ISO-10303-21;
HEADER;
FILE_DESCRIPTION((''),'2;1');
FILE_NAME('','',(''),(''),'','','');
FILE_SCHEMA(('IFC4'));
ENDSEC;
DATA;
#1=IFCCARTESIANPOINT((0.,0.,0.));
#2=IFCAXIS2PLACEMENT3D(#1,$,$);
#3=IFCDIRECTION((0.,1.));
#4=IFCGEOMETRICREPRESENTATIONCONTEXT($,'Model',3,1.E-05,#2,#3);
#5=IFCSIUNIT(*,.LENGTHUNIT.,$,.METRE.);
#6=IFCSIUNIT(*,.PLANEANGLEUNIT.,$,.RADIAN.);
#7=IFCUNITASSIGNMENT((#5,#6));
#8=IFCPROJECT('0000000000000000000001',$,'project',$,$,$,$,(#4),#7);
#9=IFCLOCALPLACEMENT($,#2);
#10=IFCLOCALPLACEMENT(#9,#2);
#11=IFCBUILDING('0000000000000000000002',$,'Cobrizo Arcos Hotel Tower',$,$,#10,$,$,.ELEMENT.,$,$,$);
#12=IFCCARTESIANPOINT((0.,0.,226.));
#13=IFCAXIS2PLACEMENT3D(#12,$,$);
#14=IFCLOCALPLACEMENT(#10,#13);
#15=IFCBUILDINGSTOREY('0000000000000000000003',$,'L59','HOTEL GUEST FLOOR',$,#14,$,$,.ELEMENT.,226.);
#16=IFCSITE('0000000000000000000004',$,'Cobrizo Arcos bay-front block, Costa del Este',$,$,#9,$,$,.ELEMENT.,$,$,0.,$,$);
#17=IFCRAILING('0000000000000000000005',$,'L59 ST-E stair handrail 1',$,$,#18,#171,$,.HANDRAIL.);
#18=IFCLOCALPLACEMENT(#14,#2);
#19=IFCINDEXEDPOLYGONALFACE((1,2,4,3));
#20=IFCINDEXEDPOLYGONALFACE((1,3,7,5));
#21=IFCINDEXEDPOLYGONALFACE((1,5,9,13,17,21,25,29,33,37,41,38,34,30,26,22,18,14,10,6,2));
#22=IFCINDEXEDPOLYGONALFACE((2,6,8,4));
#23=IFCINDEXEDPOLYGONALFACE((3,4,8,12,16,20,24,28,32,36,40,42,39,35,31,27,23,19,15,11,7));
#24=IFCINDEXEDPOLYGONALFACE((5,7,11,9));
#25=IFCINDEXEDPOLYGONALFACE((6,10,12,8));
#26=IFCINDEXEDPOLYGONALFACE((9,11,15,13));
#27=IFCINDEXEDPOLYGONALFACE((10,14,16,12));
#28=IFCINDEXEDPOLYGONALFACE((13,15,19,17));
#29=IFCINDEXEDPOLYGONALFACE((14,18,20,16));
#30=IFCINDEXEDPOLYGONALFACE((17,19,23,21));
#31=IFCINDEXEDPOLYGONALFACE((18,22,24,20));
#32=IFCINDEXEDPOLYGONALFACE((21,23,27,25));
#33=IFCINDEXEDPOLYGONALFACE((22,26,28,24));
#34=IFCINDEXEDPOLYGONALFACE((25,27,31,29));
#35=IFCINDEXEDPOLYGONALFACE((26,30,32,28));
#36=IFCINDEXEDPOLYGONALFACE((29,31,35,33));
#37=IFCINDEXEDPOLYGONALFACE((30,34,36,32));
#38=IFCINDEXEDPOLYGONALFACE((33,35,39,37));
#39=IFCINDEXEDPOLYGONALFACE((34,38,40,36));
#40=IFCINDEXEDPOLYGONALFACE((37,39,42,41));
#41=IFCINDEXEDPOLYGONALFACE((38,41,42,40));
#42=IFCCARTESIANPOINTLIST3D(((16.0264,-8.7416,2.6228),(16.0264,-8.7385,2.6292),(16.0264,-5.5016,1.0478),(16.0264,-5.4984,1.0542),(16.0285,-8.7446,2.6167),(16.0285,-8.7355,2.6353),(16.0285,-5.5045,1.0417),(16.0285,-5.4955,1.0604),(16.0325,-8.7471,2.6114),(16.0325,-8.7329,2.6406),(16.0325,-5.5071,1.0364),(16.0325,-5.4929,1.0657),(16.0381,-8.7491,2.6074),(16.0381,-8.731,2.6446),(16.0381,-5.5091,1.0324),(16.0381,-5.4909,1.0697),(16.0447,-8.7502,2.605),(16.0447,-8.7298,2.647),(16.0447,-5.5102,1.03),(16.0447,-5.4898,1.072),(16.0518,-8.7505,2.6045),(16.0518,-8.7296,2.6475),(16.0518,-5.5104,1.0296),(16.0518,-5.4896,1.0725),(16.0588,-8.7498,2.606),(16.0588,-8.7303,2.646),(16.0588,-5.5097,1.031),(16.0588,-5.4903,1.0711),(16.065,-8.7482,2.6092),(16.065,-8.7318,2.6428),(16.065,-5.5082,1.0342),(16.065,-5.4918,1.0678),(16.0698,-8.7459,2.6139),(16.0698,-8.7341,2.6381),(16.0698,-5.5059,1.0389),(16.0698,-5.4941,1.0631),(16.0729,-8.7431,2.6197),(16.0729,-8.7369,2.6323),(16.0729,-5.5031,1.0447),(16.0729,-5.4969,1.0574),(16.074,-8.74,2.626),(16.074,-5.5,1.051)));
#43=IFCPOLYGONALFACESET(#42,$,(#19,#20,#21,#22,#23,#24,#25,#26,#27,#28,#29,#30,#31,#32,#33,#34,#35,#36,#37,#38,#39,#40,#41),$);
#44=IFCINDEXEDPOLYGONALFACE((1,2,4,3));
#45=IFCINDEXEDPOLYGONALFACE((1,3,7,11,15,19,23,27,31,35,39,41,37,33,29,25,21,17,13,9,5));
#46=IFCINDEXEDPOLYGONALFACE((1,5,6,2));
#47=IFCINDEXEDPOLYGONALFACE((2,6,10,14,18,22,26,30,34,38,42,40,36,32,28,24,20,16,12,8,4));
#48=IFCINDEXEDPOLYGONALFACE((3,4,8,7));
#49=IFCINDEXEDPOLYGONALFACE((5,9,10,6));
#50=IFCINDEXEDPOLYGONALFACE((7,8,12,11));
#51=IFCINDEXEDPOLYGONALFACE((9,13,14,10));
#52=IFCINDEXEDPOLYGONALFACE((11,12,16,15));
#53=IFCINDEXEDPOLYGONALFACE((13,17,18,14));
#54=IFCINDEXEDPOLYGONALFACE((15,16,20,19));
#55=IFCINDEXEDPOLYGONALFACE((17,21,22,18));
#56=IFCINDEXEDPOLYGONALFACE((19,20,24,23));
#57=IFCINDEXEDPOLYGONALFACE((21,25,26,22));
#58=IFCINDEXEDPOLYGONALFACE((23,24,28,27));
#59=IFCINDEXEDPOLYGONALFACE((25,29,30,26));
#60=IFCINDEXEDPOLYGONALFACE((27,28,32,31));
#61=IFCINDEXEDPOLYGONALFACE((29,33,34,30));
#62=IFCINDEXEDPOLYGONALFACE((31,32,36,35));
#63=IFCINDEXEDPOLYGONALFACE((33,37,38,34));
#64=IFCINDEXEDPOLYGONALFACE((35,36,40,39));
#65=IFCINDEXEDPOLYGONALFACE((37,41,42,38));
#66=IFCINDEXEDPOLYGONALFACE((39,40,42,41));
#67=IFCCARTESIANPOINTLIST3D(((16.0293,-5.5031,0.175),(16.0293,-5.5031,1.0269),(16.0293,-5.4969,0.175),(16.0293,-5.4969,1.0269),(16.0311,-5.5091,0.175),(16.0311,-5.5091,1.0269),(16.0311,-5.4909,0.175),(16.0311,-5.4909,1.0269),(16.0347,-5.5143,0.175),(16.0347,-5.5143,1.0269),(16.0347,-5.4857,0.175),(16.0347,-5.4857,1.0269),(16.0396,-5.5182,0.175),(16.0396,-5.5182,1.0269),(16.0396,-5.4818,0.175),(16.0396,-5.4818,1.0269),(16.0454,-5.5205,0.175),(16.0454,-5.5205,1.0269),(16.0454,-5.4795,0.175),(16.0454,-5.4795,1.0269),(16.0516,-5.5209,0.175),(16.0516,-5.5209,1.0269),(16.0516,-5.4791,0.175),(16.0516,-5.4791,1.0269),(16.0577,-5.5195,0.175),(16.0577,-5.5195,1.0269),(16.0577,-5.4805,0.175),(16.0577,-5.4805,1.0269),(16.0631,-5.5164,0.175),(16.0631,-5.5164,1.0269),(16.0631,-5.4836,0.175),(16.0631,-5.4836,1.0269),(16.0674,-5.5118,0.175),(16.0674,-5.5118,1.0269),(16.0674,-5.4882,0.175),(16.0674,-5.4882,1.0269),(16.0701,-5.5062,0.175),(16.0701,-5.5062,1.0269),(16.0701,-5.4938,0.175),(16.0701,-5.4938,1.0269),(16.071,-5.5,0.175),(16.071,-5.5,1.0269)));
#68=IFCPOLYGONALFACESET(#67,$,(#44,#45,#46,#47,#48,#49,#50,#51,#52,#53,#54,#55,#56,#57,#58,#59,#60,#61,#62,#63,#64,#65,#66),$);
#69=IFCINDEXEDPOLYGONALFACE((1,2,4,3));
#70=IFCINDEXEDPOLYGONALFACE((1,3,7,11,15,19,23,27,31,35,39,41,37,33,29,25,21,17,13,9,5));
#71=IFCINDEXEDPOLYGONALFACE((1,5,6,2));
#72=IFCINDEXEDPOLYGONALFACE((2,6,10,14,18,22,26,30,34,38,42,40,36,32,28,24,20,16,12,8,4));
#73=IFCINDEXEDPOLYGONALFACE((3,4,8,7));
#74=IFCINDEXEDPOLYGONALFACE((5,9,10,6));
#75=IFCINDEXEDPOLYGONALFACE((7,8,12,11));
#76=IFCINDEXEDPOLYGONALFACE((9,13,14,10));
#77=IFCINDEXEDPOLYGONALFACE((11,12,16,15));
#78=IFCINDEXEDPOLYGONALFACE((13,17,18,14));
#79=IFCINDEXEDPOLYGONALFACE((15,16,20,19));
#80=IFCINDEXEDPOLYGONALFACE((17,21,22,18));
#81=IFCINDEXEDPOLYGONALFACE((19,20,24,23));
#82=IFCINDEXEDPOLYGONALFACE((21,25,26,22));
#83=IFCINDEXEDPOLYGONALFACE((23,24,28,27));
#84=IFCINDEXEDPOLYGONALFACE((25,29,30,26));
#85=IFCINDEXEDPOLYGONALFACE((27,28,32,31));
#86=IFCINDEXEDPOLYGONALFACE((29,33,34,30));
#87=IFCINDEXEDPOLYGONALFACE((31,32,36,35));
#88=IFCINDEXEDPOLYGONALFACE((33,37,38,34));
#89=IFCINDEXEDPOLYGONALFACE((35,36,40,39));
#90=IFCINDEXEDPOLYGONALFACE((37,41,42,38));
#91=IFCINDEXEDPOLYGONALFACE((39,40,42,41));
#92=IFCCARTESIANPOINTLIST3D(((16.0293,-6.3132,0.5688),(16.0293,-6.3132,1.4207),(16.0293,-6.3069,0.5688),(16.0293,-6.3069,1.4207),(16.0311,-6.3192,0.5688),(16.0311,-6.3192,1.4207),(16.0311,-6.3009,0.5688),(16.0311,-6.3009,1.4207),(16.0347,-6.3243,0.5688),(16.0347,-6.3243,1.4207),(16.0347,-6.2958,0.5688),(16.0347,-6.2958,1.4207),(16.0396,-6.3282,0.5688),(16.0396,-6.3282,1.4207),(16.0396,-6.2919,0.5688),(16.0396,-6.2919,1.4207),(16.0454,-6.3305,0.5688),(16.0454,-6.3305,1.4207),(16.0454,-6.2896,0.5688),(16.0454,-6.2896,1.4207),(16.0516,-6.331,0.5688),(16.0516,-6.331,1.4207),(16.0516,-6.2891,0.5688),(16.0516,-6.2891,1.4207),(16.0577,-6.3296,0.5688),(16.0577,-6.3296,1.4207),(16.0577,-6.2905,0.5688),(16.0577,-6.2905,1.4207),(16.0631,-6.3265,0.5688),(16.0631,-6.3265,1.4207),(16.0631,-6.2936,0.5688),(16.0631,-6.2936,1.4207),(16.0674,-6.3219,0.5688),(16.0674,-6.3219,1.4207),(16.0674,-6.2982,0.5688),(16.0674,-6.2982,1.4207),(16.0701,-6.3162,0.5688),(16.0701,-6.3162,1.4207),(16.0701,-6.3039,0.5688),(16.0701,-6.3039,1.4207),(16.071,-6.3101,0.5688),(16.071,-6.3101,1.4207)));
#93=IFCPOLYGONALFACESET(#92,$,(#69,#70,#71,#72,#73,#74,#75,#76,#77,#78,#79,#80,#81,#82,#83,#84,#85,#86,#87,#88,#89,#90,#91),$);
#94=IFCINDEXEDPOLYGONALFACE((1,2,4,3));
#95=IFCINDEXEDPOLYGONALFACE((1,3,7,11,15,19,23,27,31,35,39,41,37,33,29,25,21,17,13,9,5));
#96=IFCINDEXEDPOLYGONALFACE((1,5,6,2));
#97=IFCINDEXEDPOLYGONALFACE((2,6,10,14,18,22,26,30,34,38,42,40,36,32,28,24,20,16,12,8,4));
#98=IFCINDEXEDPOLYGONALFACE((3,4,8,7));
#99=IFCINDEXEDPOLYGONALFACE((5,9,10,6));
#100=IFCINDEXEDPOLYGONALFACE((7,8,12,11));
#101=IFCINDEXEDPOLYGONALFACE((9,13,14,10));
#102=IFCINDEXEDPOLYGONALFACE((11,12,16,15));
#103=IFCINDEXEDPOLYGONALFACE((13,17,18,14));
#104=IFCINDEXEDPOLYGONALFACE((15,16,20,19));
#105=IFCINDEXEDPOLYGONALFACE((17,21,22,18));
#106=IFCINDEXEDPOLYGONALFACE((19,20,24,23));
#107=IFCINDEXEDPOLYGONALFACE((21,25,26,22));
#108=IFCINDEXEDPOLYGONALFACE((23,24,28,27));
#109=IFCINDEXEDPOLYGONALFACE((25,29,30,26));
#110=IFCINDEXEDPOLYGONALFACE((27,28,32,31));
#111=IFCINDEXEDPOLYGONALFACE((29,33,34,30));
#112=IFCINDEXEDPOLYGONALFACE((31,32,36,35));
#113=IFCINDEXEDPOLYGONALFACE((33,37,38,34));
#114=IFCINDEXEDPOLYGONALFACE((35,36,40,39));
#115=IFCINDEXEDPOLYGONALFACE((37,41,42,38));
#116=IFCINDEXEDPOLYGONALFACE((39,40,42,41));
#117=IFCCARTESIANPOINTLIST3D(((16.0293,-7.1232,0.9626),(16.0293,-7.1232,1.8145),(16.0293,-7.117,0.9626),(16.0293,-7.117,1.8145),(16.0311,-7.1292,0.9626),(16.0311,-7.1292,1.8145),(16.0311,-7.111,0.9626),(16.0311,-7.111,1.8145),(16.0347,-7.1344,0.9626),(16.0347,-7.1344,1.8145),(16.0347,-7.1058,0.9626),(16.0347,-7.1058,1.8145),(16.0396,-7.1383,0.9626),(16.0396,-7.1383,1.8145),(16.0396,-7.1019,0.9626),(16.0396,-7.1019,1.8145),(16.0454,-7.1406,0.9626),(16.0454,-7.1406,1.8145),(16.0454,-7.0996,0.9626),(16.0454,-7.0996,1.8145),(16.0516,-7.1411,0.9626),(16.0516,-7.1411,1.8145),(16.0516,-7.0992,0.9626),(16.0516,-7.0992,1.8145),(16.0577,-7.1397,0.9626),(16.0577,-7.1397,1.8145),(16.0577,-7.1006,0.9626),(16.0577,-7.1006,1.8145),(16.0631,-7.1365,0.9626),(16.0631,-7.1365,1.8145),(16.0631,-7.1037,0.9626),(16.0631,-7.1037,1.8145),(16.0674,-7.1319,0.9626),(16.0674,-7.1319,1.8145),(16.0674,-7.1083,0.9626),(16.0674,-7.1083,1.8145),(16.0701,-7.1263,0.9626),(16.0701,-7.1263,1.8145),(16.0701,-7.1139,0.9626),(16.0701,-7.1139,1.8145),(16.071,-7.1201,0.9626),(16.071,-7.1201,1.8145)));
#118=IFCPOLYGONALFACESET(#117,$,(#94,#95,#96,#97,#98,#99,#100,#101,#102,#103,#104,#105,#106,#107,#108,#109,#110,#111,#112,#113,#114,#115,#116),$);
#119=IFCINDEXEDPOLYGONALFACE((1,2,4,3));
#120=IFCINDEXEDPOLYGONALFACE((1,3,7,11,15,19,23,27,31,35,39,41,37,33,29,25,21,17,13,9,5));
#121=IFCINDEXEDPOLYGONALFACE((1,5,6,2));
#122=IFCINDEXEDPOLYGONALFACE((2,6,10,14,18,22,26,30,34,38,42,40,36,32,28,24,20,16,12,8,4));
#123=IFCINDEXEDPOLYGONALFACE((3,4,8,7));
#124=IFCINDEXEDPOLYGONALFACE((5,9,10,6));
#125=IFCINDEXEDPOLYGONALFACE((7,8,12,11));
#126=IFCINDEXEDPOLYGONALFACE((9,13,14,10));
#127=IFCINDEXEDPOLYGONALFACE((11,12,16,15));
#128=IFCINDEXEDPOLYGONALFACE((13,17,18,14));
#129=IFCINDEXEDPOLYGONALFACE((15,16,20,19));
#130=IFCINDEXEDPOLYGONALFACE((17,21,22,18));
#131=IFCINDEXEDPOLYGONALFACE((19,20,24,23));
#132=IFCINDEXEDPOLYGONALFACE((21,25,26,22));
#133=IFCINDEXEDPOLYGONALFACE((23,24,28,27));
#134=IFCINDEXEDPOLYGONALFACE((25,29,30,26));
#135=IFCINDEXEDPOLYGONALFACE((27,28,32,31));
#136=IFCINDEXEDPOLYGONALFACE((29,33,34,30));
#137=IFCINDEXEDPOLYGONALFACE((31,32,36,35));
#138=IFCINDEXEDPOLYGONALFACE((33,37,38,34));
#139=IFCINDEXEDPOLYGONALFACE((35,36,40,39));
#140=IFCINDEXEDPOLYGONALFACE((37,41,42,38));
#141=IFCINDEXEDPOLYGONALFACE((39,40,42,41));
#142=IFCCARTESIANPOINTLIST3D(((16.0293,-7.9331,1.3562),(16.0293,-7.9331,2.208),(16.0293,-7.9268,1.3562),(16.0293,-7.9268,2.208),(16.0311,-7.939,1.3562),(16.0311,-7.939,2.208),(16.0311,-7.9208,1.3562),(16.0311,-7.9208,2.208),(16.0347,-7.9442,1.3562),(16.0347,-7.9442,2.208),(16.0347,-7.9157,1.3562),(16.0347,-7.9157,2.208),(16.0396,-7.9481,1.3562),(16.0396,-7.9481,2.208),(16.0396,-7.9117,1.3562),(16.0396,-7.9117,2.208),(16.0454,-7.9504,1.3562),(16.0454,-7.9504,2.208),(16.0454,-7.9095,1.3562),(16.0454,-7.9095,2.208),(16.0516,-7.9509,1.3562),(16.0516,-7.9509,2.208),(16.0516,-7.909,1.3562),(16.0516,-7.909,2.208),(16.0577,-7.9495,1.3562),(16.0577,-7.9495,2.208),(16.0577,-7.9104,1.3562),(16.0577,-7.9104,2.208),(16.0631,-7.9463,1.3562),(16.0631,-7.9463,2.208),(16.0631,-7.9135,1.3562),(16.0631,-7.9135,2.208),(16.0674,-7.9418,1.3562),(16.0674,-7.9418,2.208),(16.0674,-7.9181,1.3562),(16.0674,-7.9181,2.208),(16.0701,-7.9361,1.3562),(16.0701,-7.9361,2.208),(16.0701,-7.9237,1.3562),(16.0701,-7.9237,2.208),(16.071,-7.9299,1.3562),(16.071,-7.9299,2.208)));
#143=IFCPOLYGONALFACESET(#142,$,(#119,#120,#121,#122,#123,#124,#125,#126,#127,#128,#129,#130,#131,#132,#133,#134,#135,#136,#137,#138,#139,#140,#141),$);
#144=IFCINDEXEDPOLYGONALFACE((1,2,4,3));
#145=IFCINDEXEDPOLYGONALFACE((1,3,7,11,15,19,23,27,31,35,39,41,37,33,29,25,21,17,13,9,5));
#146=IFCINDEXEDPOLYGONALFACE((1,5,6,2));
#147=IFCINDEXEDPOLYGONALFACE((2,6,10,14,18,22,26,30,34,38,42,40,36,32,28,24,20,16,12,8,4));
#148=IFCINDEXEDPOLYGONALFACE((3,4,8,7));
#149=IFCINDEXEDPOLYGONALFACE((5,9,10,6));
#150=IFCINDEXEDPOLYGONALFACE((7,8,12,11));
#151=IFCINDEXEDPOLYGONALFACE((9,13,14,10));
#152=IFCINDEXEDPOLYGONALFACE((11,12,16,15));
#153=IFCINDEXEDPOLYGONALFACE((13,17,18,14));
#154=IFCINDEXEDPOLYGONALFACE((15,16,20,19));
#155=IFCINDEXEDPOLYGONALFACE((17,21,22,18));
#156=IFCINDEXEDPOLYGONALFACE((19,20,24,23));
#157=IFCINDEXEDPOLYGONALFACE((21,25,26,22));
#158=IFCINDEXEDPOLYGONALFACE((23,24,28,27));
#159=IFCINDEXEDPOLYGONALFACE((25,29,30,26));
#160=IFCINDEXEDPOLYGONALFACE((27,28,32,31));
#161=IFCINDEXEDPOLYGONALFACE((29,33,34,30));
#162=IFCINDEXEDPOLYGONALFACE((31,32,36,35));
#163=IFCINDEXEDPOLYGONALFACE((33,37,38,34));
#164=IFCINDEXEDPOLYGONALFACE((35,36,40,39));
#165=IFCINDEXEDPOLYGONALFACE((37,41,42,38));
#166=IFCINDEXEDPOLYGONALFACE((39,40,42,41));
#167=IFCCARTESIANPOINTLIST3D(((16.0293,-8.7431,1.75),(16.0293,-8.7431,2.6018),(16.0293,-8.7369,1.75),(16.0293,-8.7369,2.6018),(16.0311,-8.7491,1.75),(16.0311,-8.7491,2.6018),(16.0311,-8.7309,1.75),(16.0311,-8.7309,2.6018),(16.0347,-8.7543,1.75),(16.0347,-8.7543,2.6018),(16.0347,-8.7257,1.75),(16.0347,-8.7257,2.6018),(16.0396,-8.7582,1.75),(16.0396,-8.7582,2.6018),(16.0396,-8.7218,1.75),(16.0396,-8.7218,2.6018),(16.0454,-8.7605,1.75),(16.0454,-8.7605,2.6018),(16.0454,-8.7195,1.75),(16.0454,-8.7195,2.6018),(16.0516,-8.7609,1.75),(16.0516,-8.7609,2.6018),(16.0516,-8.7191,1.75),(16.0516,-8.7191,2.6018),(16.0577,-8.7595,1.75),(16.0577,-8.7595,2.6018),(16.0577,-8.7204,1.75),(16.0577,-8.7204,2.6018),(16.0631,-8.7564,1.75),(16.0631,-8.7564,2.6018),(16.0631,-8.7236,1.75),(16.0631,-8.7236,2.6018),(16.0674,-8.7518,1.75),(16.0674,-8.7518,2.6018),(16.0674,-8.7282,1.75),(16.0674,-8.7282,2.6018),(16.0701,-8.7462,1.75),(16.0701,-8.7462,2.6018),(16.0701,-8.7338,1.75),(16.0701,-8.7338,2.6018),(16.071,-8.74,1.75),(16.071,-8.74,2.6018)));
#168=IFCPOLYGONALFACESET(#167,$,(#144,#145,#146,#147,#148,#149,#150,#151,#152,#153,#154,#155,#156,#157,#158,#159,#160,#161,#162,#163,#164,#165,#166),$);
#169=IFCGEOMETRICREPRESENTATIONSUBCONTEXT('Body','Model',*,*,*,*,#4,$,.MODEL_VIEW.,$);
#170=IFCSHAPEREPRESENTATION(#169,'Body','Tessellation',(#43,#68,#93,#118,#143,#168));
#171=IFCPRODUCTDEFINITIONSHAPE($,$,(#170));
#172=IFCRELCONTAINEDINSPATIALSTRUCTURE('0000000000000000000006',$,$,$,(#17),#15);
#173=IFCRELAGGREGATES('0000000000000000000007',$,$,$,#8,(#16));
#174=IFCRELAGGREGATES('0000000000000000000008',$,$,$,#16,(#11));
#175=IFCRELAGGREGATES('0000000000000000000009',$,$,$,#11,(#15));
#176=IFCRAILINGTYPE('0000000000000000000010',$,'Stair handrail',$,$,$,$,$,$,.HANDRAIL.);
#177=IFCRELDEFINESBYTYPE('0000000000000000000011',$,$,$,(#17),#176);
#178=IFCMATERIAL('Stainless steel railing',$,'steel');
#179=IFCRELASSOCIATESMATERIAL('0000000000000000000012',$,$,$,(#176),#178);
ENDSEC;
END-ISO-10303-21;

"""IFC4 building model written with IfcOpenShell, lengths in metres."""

from ifc_helpers import new_model, si_unit, direction, frame, origin, origin_2d, place, context, subcontext, project, spatial, circle, extrude, material, type_object, element, save


model = new_model("IFC4")

# Units and contexts
model_context = context("Model", 3, precision=1e-05, world=origin(), true_north=direction((0.0, 1.0)))
body_context = subcontext(model_context, "Body", "Model", "MODEL_VIEW")
ifc_project = project(units=[si_unit("LENGTHUNIT", "METRE"), si_unit("PLANEANGLEUNIT", "RADIAN")], contexts=[model_context])

# Site, building, storey
site_placement = place(None, origin())
site = spatial("IfcSite", under=ifc_project, at=site_placement, Name="Cobrizo Arcos bay-front block, Costa del Este", CompositionType="ELEMENT", RefElevation=0.0)
building_placement = place(site_placement, origin())
building = spatial("IfcBuilding", under=site, at=building_placement, Name="Cobrizo Arcos Hotel Tower", CompositionType="ELEMENT")
storey_placement = place(building_placement, frame((0.0, 0.0, 226.0)))
storey = spatial("IfcBuildingStorey", under=building, at=storey_placement, Name="L59", Description="HOTEL GUEST FLOOR", CompositionType="ELEMENT", Elevation=226.0)

# Railing
ifc_material_1 = material(Name="Stainless steel railing", Category="steel")
railing_type_1 = type_object("IfcRailingType", Name="Stair handrail", PredefinedType="HANDRAIL", material=ifc_material_1)
railing_1_placement = place(storey_placement, frame((16.05, -5.5, 0.175)))
element("IfcRailing", 1, at=railing_1_placement, inside=storey, type_object=railing_type_1, Name="L59 ST-E stair handrail 1", PredefinedType="HANDRAIL", context=body_context, shape_type="SweptSolid", body=[
    extrude(circle(Radius=0.0239, at=origin_2d()), frame((0.0, 0.0, 0.876), z_axis=(0.0, -0.899373, 0.437183), x_axis=(1.0, 0.0, 0.0)), (0.0, 0.0, 1.0), 3.6025),
    extrude(circle(Radius=0.021, at=origin_2d()), origin(), (0.0, 0.0, 1.0), 0.8518),
    extrude(circle(Radius=0.021, at=origin_2d()), frame((0.0, -0.8101, 0.3938)), (0.0, 0.0, 1.0), 0.8518),
    extrude(circle(Radius=0.021, at=origin_2d()), frame((0.0, -1.6201, 0.7876)), (0.0, 0.0, 1.0), 0.8518),
    extrude(circle(Radius=0.021, at=origin_2d()), frame((0.0, -2.4299, 1.1812)), (0.0, 0.0, 1.0), 0.8518),
    extrude(circle(Radius=0.021, at=origin_2d()), frame((0.0, -3.24, 1.575)), (0.0, 0.0, 1.0), 0.8518),
])

save(model, "model.ifc")
